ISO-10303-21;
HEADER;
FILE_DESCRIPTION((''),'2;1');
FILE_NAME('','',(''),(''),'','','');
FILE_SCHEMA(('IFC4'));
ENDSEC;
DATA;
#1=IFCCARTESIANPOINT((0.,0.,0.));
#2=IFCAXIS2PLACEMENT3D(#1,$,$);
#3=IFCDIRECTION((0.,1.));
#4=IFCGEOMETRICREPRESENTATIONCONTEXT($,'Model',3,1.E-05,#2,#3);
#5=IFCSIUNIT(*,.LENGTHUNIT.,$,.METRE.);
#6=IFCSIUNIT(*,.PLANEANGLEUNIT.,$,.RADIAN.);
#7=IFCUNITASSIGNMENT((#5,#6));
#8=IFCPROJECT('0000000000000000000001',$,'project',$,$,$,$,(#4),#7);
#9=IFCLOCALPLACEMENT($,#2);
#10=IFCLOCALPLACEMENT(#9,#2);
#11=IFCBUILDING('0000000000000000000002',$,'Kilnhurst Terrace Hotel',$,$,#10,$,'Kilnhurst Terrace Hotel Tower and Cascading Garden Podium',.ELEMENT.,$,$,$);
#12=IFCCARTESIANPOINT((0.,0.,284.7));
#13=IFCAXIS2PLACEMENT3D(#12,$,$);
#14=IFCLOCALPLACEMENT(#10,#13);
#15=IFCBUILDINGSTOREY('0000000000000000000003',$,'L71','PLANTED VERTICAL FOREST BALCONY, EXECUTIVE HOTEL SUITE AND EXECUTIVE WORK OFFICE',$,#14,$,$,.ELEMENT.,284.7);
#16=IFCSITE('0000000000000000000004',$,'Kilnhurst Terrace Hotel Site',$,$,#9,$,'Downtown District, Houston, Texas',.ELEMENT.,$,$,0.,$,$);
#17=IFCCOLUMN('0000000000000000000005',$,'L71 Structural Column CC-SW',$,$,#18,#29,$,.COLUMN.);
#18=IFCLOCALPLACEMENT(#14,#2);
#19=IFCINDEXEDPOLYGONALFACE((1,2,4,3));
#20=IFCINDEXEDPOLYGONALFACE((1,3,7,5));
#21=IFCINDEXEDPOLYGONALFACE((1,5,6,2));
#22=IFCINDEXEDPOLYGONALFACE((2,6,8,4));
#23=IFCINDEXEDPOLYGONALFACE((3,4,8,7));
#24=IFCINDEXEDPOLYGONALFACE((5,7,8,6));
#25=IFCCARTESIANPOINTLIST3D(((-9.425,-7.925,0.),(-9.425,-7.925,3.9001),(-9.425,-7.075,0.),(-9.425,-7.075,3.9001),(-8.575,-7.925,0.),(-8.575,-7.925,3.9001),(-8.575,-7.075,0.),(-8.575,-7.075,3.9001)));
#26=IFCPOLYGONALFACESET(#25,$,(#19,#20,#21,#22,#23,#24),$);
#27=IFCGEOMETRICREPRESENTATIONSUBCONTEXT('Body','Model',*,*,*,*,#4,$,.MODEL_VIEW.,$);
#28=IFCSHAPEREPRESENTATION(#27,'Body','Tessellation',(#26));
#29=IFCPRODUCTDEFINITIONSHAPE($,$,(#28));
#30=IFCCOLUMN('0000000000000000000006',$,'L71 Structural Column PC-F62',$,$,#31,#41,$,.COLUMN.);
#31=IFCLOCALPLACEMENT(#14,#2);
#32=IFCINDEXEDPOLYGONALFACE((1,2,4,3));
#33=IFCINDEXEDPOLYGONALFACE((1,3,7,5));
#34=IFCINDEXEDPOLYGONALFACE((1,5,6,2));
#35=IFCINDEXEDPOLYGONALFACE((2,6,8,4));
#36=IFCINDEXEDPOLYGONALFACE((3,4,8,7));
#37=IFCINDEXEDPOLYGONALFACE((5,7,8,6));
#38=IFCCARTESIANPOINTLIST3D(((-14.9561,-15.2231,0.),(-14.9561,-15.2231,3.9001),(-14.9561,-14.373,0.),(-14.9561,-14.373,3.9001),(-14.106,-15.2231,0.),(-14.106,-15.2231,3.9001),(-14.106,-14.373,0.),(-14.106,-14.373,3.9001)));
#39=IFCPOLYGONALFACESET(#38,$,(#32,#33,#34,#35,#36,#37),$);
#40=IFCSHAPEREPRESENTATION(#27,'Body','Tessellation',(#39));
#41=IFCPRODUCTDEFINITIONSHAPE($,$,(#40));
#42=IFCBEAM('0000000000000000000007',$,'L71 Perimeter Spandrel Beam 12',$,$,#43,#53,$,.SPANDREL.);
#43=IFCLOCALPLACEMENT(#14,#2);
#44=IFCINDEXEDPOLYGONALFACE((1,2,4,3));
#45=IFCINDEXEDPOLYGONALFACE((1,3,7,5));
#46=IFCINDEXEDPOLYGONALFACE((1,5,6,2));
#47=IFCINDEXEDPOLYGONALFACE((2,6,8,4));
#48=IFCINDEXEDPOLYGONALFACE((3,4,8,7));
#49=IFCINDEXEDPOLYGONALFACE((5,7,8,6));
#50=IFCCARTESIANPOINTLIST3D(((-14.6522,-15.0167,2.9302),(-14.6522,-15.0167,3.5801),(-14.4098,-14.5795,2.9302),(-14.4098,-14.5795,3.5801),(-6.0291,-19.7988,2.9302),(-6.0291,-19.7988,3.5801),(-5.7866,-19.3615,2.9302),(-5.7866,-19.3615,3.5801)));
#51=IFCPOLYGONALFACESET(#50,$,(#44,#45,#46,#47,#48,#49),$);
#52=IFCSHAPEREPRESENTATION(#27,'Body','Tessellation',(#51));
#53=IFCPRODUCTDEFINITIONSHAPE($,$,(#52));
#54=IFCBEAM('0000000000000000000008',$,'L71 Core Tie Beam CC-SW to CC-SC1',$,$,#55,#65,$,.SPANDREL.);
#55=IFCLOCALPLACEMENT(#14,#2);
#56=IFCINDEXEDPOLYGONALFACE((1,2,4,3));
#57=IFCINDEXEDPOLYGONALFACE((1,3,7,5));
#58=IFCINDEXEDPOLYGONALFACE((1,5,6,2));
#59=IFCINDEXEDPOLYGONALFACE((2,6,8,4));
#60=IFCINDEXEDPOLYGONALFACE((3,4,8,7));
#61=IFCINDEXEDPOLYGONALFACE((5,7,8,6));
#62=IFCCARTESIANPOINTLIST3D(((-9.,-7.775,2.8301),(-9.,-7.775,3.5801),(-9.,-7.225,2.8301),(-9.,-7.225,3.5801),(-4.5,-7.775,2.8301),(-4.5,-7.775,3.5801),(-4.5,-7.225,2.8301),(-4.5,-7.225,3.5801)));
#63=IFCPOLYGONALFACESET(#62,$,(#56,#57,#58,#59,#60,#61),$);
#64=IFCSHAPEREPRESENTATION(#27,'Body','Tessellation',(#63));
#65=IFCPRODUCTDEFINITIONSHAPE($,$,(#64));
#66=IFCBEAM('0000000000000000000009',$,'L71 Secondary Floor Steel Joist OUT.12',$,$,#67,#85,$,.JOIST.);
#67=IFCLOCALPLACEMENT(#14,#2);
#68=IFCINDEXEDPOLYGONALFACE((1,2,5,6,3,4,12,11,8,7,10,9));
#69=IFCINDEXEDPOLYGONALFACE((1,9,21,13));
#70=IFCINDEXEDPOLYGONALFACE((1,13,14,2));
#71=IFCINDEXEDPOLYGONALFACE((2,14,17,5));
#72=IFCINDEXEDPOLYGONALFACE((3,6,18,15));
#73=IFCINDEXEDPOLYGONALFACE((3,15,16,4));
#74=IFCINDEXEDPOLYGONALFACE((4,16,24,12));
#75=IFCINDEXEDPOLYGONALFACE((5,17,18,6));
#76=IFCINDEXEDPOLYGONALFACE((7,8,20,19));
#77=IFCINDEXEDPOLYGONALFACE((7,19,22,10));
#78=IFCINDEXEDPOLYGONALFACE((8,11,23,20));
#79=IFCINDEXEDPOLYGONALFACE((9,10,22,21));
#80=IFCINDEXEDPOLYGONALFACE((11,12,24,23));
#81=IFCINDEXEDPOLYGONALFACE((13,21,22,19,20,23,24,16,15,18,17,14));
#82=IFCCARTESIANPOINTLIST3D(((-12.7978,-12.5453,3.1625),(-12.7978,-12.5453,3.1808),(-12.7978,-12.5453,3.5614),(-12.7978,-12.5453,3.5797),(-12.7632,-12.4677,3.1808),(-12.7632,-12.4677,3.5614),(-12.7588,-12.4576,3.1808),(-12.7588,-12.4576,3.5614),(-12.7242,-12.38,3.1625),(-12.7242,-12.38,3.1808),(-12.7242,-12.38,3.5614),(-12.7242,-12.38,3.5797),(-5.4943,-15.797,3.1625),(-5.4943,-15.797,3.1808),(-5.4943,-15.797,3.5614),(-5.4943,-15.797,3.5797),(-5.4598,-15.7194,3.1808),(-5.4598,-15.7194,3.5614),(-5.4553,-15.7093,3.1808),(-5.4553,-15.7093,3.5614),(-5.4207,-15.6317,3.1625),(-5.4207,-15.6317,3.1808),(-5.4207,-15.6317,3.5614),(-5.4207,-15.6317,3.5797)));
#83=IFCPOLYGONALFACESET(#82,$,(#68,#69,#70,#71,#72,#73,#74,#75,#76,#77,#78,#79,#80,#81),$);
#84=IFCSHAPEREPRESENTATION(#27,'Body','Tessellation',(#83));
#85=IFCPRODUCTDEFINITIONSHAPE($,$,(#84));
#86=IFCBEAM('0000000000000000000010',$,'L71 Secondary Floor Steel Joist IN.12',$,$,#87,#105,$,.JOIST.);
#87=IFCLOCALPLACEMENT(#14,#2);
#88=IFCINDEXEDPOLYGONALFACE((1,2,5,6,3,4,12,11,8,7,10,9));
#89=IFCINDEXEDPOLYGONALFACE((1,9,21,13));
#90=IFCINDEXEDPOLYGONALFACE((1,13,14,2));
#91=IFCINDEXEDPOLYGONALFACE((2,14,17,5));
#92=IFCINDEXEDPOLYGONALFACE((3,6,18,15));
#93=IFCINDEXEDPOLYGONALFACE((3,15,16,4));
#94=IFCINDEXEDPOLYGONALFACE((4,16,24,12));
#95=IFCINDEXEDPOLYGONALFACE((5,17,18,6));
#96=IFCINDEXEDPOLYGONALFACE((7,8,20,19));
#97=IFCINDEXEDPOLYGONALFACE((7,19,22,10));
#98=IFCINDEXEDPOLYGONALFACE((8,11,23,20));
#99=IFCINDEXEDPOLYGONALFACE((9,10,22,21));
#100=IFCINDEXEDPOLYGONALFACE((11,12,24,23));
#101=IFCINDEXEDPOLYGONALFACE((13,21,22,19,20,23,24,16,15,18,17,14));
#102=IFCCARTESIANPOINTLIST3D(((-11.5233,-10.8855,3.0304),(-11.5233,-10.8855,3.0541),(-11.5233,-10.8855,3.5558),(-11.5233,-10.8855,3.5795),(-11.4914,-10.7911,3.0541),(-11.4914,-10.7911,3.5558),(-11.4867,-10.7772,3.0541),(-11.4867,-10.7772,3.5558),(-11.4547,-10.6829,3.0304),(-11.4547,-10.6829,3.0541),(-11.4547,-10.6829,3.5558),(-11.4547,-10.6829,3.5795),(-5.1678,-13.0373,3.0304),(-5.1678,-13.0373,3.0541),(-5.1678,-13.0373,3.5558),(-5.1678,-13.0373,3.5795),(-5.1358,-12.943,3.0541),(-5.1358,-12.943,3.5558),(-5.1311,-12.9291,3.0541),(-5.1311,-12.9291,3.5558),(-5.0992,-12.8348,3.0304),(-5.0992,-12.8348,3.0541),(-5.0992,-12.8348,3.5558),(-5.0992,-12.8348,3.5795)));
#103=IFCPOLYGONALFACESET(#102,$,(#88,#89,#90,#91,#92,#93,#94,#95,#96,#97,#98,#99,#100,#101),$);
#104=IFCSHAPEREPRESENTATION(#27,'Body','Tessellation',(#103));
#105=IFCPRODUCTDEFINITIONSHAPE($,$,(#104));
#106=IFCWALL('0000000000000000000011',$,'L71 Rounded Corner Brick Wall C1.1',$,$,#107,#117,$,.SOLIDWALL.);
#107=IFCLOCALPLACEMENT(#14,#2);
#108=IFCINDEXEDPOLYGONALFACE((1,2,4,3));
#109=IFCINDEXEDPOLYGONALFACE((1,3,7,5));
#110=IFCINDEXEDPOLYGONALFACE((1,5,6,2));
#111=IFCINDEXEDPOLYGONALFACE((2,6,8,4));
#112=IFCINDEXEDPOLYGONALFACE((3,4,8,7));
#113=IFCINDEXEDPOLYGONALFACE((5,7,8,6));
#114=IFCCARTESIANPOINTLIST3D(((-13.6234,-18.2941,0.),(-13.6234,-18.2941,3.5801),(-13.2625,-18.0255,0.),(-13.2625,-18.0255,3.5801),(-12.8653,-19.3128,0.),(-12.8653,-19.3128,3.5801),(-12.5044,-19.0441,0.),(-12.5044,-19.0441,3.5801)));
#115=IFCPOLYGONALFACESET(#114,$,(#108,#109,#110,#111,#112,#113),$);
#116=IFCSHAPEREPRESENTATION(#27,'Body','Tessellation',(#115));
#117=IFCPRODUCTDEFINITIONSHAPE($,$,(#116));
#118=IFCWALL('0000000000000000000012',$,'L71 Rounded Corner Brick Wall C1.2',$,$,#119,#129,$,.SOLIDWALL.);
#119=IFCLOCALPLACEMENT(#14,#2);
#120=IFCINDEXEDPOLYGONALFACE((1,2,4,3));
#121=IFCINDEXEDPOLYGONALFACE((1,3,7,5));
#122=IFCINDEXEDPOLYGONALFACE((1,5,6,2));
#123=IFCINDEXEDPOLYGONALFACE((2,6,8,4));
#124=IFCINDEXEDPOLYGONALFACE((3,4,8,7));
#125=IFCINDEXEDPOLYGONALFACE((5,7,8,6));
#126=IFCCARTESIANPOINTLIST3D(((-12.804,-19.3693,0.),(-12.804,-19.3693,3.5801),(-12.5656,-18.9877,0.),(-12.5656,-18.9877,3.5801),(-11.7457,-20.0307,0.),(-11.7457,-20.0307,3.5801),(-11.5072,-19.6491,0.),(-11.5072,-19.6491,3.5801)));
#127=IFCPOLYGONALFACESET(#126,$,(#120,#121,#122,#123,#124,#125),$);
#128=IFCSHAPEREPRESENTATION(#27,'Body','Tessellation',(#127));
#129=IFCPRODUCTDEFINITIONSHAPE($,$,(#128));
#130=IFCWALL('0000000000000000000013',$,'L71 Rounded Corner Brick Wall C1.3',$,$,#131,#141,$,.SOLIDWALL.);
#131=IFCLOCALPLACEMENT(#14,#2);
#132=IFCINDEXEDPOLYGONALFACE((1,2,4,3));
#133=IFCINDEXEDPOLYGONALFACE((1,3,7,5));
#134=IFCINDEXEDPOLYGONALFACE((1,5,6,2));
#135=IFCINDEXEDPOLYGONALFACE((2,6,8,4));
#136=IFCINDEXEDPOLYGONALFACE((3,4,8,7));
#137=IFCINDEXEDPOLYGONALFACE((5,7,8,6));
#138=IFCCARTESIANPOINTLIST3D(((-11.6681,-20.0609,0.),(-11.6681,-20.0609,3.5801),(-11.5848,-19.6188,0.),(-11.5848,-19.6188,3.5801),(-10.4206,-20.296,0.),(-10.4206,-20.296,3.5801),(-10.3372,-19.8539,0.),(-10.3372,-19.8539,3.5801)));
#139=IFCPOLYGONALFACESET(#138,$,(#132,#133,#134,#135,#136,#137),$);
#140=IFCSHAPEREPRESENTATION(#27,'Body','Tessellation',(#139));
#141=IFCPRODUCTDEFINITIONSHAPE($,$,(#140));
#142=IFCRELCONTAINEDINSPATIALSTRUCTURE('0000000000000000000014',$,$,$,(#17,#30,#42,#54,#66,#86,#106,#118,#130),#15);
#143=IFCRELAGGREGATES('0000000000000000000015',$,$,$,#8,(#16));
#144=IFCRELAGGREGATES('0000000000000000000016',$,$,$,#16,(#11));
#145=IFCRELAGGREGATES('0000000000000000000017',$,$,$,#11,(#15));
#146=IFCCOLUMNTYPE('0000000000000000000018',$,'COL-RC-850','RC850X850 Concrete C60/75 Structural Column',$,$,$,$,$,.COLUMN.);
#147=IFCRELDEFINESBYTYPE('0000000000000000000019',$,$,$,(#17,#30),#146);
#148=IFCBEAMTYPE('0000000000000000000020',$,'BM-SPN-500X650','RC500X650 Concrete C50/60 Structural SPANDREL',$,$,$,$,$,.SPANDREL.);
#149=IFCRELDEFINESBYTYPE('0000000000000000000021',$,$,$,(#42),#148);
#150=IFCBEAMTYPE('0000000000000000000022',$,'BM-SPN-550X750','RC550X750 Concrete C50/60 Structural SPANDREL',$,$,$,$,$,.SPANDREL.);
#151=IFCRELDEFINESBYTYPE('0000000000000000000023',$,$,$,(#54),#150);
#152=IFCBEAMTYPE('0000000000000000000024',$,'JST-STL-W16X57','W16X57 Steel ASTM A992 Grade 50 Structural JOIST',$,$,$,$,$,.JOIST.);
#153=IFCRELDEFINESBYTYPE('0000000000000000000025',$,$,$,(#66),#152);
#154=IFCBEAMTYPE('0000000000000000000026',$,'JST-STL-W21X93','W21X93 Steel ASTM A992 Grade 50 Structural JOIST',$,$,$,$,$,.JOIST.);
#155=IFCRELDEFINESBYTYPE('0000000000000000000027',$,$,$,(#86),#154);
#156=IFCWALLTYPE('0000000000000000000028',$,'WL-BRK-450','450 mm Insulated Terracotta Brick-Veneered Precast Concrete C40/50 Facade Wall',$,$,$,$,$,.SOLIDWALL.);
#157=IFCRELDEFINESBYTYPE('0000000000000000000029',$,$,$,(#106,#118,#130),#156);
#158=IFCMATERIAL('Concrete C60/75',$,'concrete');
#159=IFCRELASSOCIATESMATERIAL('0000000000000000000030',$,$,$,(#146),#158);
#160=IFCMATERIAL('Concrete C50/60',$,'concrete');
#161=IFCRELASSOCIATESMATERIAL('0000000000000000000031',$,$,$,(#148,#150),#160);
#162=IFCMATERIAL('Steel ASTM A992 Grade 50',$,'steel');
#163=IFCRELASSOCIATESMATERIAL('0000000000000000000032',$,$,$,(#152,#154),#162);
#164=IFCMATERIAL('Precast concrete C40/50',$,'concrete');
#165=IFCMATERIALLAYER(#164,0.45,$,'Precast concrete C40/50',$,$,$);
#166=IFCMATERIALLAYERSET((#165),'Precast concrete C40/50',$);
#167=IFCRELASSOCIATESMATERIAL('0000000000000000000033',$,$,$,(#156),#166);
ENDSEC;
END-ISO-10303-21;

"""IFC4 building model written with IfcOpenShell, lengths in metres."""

from ifc_helpers import new_model, si_unit, direction, frame, frame_2d, origin, origin_2d, place, context, subcontext, project, spatial, rectangle, i_section, extrude, material, layer, layer_set, material_profile, profile_set, type_object, element, save


model = new_model("IFC4")

# Units and contexts
model_context = context("Model", 3, precision=1e-05, world=origin(), true_north=direction((0.0, 1.0)))
body_context = subcontext(model_context, "Body", "Model", "MODEL_VIEW")
ifc_project = project(units=[si_unit("LENGTHUNIT", "METRE"), si_unit("PLANEANGLEUNIT", "RADIAN")], contexts=[model_context])

# Site, building, storey
site_placement = place(None, origin())
site = spatial("IfcSite", under=ifc_project, at=site_placement, Name="Kilnhurst Terrace Hotel Site", LongName="Downtown District, Houston, Texas", CompositionType="ELEMENT", RefElevation=0.0)
building_placement = place(site_placement, origin())
building = spatial("IfcBuilding", under=site, at=building_placement, Name="Kilnhurst Terrace Hotel", LongName="Kilnhurst Terrace Hotel Tower and Cascading Garden Podium", CompositionType="ELEMENT")
storey_placement = place(building_placement, frame((0.0, 0.0, 284.7)))
storey = spatial("IfcBuildingStorey", under=building, at=storey_placement, Name="L71", Description="PLANTED VERTICAL FOREST BALCONY, EXECUTIVE HOTEL SUITE AND EXECUTIVE WORK OFFICE", CompositionType="ELEMENT", Elevation=284.7)

# Columns
ifc_material_1 = material(Name="Concrete C60/75", Category="concrete")
ifc_material_profile_1 = material_profile(ifc_material_1, rectangle(XDim=0.8501, YDim=0.8501, at=origin_2d()), Name="RC850X850")
ifc_profile_set_1 = profile_set([ifc_material_profile_1], Name="Concrete C60/75")
column_type = type_object("IfcColumnType", Name="COL-RC-850", Description="RC850X850 Concrete C60/75 Structural Column", PredefinedType="COLUMN", material=ifc_profile_set_1)
for number, where, z_axis, x_axis, name in (
    (1, (-9.0, -7.5, 0.0), (0.0, 0.0, 1.0), (1.0, 0.0, 0.0), "L71 Structural Column CC-SW"),
    (2, (-14.531, -14.7981, 0.0), (0.0, 0.0, 1.0), (1.0, 0.0, 0.0), "L71 Structural Column PC-F62"),
):
    element("IfcColumn", number, at=place(storey_placement, frame(where, z_axis=z_axis, x_axis=x_axis)), inside=storey, type_object=column_type, Name=name, PredefinedType="COLUMN", context=body_context, shape_type="SweptSolid", body=[
        extrude(rectangle(XDim=0.8501, YDim=0.8501, at=origin_2d()), origin(), (0.0, 0.0, 1.0), 3.9001),
    ])

# Beams
ifc_material_2 = material(Name="Concrete C50/60", Category="concrete")
ifc_material_profile_2 = material_profile(ifc_material_2, rectangle(XDim=0.5, YDim=0.6499, at=origin_2d()), Name="RC500X650")
ifc_profile_set_2 = profile_set([ifc_material_profile_2], Name="Concrete C50/60")
beam_type_1 = type_object("IfcBeamType", Name="BM-SPN-500X650", Description="RC500X650 Concrete C50/60 Structural SPANDREL", PredefinedType="SPANDREL", material=ifc_profile_set_2)
beam_1_placement = place(storey_placement, frame((-14.531, -14.7981, 3.2551), z_axis=(0.874527, -0.484976, 0.0), x_axis=(0.484976, 0.874527, 0.0)))
element("IfcBeam", 3, at=beam_1_placement, inside=storey, type_object=beam_type_1, Name="L71 Perimeter Spandrel Beam 12", PredefinedType="SPANDREL", context=body_context, shape_type="SweptSolid", body=[
    extrude(rectangle(XDim=0.5, YDim=0.6499, at=origin_2d()), origin(), (0.0, 0.0, 1.0), 9.8604),
])
ifc_material_profile_3 = material_profile(ifc_material_2, rectangle(XDim=0.55, YDim=0.75, at=origin_2d()), Name="RC550X750")
ifc_profile_set_3 = profile_set([ifc_material_profile_3], Name="Concrete C50/60")
beam_type_2 = type_object("IfcBeamType", Name="BM-SPN-550X750", Description="RC550X750 Concrete C50/60 Structural SPANDREL", PredefinedType="SPANDREL", material=ifc_profile_set_3)
beam_2_placement = place(storey_placement, frame((-9.0, -7.5, 3.2051), z_axis=(1.0, 0.0, 0.0), x_axis=(0.0, 1.0, 0.0)))
element("IfcBeam", 4, at=beam_2_placement, inside=storey, type_object=beam_type_2, Name="L71 Core Tie Beam CC-SW to CC-SC1", PredefinedType="SPANDREL", context=body_context, shape_type="SweptSolid", body=[
    extrude(rectangle(XDim=0.55, YDim=0.75, at=origin_2d()), origin(), (0.0, 0.0, 1.0), 4.5),
])
ifc_material_3 = material(Name="Steel ASTM A992 Grade 50", Category="steel")
ifc_material_profile_4 = material_profile(ifc_material_3, i_section(OverallWidth=0.1809, OverallDepth=0.4172, WebThickness=0.011, FlangeThickness=0.0183, at=origin_2d()), Name="W16X57")
ifc_profile_set_4 = profile_set([ifc_material_profile_4], Name="Steel ASTM A992 Grade 50")
beam_type_3 = type_object("IfcBeamType", Name="JST-STL-W16X57", Description="W16X57 Steel ASTM A992 Grade 50 Structural JOIST", PredefinedType="JOIST", material=ifc_profile_set_4)
beam_3_placement = place(storey_placement, frame((-12.761, -12.4626, 3.3711), z_axis=(0.913546, -0.406736, 0.0), x_axis=(0.406736, 0.913546, 0.0)))
element("IfcBeam", 5, at=beam_3_placement, inside=storey, type_object=beam_type_3, Name="L71 Secondary Floor Steel Joist OUT.12", PredefinedType="JOIST", context=body_context, shape_type="SweptSolid", body=[
    extrude(i_section(OverallWidth=0.1809, OverallDepth=0.4172, WebThickness=0.011, FlangeThickness=0.0183, at=origin_2d()), origin(), (0.0, 0.0, 1.0), 7.9946),
])
ifc_material_profile_5 = material_profile(ifc_material_3, i_section(OverallWidth=0.2139, OverallDepth=0.5491, WebThickness=0.0146, FlangeThickness=0.0237, at=origin_2d()), Name="W21X93")
ifc_profile_set_5 = profile_set([ifc_material_profile_5], Name="Steel ASTM A992 Grade 50")
beam_type_4 = type_object("IfcBeamType", Name="JST-STL-W21X93", Description="W21X93 Steel ASTM A992 Grade 50 Structural JOIST", PredefinedType="JOIST", material=ifc_profile_set_5)
beam_4_placement = place(storey_placement, frame((-11.489, -10.7842, 3.3049), z_axis=(0.947181, -0.3207, 0.0), x_axis=(0.3207, 0.947181, 0.0)))
element("IfcBeam", 6, at=beam_4_placement, inside=storey, type_object=beam_type_4, Name="L71 Secondary Floor Steel Joist IN.12", PredefinedType="JOIST", context=body_context, shape_type="SweptSolid", body=[
    extrude(i_section(OverallWidth=0.2139, OverallDepth=0.5491, WebThickness=0.0146, FlangeThickness=0.0237, at=origin_2d()), origin(), (0.0, 0.0, 1.0), 6.71),
])

# Walls
ifc_material_4 = material(Name="Precast concrete C40/50", Category="concrete")
ifc_layer_1 = layer(ifc_material_4, 0.45, Name="Precast concrete C40/50")
ifc_layer_set_1 = layer_set([ifc_layer_1], Name="Precast concrete C40/50")
wall_type_1 = type_object("IfcWallType", Name="WL-BRK-450", Description="450 mm Insulated Terracotta Brick-Veneered Precast Concrete C40/50 Facade Wall", PredefinedType="SOLIDWALL", material=ifc_layer_set_1)
wall_1_placement = place(storey_placement, frame((-13.4429, -18.1599, 0.0), z_axis=(0.0, 0.0, 1.0), x_axis=(0.597042, -0.80221, 0.0)))
element("IfcWall", 7, at=wall_1_placement, inside=storey, type_object=wall_type_1, Name="L71 Rounded Corner Brick Wall C1.1", PredefinedType="SOLIDWALL", context=body_context, shape_type="SweptSolid", body=[
    extrude(rectangle(XDim=1.2698, YDim=0.45, at=frame_2d((0.6348, 0.0))), origin(), (0.0, 0.0, 1.0), 3.5801),
])
wall_2_placement = place(storey_placement, frame((-12.6848, -19.1785, 0.0), z_axis=(0.0, 0.0, 1.0), x_axis=(0.848031, -0.529946, 0.0)))
element("IfcWall", 8, at=wall_2_placement, inside=storey, type_object=wall_type_1, Name="L71 Rounded Corner Brick Wall C1.2", PredefinedType="SOLIDWALL", context=body_context, shape_type="SweptSolid", body=[
    extrude(rectangle(XDim=1.248, YDim=0.45, at=frame_2d((0.624, 0.0))), origin(), (0.0, 0.0, 1.0), 3.5801),
])
wall_3_placement = place(storey_placement, frame((-11.6265, -19.8398, 0.0), z_axis=(0.0, 0.0, 1.0), x_axis=(0.982702, -0.185194, 0.0)))
element("IfcWall", 9, at=wall_3_placement, inside=storey, type_object=wall_type_1, Name="L71 Rounded Corner Brick Wall C1.3", PredefinedType="SOLIDWALL", context=body_context, shape_type="SweptSolid", body=[
    extrude(rectangle(XDim=1.2695, YDim=0.45, at=frame_2d((0.6348, 0.0))), origin(), (0.0, 0.0, 1.0), 3.5801),
])

save(model, "model.ifc")
